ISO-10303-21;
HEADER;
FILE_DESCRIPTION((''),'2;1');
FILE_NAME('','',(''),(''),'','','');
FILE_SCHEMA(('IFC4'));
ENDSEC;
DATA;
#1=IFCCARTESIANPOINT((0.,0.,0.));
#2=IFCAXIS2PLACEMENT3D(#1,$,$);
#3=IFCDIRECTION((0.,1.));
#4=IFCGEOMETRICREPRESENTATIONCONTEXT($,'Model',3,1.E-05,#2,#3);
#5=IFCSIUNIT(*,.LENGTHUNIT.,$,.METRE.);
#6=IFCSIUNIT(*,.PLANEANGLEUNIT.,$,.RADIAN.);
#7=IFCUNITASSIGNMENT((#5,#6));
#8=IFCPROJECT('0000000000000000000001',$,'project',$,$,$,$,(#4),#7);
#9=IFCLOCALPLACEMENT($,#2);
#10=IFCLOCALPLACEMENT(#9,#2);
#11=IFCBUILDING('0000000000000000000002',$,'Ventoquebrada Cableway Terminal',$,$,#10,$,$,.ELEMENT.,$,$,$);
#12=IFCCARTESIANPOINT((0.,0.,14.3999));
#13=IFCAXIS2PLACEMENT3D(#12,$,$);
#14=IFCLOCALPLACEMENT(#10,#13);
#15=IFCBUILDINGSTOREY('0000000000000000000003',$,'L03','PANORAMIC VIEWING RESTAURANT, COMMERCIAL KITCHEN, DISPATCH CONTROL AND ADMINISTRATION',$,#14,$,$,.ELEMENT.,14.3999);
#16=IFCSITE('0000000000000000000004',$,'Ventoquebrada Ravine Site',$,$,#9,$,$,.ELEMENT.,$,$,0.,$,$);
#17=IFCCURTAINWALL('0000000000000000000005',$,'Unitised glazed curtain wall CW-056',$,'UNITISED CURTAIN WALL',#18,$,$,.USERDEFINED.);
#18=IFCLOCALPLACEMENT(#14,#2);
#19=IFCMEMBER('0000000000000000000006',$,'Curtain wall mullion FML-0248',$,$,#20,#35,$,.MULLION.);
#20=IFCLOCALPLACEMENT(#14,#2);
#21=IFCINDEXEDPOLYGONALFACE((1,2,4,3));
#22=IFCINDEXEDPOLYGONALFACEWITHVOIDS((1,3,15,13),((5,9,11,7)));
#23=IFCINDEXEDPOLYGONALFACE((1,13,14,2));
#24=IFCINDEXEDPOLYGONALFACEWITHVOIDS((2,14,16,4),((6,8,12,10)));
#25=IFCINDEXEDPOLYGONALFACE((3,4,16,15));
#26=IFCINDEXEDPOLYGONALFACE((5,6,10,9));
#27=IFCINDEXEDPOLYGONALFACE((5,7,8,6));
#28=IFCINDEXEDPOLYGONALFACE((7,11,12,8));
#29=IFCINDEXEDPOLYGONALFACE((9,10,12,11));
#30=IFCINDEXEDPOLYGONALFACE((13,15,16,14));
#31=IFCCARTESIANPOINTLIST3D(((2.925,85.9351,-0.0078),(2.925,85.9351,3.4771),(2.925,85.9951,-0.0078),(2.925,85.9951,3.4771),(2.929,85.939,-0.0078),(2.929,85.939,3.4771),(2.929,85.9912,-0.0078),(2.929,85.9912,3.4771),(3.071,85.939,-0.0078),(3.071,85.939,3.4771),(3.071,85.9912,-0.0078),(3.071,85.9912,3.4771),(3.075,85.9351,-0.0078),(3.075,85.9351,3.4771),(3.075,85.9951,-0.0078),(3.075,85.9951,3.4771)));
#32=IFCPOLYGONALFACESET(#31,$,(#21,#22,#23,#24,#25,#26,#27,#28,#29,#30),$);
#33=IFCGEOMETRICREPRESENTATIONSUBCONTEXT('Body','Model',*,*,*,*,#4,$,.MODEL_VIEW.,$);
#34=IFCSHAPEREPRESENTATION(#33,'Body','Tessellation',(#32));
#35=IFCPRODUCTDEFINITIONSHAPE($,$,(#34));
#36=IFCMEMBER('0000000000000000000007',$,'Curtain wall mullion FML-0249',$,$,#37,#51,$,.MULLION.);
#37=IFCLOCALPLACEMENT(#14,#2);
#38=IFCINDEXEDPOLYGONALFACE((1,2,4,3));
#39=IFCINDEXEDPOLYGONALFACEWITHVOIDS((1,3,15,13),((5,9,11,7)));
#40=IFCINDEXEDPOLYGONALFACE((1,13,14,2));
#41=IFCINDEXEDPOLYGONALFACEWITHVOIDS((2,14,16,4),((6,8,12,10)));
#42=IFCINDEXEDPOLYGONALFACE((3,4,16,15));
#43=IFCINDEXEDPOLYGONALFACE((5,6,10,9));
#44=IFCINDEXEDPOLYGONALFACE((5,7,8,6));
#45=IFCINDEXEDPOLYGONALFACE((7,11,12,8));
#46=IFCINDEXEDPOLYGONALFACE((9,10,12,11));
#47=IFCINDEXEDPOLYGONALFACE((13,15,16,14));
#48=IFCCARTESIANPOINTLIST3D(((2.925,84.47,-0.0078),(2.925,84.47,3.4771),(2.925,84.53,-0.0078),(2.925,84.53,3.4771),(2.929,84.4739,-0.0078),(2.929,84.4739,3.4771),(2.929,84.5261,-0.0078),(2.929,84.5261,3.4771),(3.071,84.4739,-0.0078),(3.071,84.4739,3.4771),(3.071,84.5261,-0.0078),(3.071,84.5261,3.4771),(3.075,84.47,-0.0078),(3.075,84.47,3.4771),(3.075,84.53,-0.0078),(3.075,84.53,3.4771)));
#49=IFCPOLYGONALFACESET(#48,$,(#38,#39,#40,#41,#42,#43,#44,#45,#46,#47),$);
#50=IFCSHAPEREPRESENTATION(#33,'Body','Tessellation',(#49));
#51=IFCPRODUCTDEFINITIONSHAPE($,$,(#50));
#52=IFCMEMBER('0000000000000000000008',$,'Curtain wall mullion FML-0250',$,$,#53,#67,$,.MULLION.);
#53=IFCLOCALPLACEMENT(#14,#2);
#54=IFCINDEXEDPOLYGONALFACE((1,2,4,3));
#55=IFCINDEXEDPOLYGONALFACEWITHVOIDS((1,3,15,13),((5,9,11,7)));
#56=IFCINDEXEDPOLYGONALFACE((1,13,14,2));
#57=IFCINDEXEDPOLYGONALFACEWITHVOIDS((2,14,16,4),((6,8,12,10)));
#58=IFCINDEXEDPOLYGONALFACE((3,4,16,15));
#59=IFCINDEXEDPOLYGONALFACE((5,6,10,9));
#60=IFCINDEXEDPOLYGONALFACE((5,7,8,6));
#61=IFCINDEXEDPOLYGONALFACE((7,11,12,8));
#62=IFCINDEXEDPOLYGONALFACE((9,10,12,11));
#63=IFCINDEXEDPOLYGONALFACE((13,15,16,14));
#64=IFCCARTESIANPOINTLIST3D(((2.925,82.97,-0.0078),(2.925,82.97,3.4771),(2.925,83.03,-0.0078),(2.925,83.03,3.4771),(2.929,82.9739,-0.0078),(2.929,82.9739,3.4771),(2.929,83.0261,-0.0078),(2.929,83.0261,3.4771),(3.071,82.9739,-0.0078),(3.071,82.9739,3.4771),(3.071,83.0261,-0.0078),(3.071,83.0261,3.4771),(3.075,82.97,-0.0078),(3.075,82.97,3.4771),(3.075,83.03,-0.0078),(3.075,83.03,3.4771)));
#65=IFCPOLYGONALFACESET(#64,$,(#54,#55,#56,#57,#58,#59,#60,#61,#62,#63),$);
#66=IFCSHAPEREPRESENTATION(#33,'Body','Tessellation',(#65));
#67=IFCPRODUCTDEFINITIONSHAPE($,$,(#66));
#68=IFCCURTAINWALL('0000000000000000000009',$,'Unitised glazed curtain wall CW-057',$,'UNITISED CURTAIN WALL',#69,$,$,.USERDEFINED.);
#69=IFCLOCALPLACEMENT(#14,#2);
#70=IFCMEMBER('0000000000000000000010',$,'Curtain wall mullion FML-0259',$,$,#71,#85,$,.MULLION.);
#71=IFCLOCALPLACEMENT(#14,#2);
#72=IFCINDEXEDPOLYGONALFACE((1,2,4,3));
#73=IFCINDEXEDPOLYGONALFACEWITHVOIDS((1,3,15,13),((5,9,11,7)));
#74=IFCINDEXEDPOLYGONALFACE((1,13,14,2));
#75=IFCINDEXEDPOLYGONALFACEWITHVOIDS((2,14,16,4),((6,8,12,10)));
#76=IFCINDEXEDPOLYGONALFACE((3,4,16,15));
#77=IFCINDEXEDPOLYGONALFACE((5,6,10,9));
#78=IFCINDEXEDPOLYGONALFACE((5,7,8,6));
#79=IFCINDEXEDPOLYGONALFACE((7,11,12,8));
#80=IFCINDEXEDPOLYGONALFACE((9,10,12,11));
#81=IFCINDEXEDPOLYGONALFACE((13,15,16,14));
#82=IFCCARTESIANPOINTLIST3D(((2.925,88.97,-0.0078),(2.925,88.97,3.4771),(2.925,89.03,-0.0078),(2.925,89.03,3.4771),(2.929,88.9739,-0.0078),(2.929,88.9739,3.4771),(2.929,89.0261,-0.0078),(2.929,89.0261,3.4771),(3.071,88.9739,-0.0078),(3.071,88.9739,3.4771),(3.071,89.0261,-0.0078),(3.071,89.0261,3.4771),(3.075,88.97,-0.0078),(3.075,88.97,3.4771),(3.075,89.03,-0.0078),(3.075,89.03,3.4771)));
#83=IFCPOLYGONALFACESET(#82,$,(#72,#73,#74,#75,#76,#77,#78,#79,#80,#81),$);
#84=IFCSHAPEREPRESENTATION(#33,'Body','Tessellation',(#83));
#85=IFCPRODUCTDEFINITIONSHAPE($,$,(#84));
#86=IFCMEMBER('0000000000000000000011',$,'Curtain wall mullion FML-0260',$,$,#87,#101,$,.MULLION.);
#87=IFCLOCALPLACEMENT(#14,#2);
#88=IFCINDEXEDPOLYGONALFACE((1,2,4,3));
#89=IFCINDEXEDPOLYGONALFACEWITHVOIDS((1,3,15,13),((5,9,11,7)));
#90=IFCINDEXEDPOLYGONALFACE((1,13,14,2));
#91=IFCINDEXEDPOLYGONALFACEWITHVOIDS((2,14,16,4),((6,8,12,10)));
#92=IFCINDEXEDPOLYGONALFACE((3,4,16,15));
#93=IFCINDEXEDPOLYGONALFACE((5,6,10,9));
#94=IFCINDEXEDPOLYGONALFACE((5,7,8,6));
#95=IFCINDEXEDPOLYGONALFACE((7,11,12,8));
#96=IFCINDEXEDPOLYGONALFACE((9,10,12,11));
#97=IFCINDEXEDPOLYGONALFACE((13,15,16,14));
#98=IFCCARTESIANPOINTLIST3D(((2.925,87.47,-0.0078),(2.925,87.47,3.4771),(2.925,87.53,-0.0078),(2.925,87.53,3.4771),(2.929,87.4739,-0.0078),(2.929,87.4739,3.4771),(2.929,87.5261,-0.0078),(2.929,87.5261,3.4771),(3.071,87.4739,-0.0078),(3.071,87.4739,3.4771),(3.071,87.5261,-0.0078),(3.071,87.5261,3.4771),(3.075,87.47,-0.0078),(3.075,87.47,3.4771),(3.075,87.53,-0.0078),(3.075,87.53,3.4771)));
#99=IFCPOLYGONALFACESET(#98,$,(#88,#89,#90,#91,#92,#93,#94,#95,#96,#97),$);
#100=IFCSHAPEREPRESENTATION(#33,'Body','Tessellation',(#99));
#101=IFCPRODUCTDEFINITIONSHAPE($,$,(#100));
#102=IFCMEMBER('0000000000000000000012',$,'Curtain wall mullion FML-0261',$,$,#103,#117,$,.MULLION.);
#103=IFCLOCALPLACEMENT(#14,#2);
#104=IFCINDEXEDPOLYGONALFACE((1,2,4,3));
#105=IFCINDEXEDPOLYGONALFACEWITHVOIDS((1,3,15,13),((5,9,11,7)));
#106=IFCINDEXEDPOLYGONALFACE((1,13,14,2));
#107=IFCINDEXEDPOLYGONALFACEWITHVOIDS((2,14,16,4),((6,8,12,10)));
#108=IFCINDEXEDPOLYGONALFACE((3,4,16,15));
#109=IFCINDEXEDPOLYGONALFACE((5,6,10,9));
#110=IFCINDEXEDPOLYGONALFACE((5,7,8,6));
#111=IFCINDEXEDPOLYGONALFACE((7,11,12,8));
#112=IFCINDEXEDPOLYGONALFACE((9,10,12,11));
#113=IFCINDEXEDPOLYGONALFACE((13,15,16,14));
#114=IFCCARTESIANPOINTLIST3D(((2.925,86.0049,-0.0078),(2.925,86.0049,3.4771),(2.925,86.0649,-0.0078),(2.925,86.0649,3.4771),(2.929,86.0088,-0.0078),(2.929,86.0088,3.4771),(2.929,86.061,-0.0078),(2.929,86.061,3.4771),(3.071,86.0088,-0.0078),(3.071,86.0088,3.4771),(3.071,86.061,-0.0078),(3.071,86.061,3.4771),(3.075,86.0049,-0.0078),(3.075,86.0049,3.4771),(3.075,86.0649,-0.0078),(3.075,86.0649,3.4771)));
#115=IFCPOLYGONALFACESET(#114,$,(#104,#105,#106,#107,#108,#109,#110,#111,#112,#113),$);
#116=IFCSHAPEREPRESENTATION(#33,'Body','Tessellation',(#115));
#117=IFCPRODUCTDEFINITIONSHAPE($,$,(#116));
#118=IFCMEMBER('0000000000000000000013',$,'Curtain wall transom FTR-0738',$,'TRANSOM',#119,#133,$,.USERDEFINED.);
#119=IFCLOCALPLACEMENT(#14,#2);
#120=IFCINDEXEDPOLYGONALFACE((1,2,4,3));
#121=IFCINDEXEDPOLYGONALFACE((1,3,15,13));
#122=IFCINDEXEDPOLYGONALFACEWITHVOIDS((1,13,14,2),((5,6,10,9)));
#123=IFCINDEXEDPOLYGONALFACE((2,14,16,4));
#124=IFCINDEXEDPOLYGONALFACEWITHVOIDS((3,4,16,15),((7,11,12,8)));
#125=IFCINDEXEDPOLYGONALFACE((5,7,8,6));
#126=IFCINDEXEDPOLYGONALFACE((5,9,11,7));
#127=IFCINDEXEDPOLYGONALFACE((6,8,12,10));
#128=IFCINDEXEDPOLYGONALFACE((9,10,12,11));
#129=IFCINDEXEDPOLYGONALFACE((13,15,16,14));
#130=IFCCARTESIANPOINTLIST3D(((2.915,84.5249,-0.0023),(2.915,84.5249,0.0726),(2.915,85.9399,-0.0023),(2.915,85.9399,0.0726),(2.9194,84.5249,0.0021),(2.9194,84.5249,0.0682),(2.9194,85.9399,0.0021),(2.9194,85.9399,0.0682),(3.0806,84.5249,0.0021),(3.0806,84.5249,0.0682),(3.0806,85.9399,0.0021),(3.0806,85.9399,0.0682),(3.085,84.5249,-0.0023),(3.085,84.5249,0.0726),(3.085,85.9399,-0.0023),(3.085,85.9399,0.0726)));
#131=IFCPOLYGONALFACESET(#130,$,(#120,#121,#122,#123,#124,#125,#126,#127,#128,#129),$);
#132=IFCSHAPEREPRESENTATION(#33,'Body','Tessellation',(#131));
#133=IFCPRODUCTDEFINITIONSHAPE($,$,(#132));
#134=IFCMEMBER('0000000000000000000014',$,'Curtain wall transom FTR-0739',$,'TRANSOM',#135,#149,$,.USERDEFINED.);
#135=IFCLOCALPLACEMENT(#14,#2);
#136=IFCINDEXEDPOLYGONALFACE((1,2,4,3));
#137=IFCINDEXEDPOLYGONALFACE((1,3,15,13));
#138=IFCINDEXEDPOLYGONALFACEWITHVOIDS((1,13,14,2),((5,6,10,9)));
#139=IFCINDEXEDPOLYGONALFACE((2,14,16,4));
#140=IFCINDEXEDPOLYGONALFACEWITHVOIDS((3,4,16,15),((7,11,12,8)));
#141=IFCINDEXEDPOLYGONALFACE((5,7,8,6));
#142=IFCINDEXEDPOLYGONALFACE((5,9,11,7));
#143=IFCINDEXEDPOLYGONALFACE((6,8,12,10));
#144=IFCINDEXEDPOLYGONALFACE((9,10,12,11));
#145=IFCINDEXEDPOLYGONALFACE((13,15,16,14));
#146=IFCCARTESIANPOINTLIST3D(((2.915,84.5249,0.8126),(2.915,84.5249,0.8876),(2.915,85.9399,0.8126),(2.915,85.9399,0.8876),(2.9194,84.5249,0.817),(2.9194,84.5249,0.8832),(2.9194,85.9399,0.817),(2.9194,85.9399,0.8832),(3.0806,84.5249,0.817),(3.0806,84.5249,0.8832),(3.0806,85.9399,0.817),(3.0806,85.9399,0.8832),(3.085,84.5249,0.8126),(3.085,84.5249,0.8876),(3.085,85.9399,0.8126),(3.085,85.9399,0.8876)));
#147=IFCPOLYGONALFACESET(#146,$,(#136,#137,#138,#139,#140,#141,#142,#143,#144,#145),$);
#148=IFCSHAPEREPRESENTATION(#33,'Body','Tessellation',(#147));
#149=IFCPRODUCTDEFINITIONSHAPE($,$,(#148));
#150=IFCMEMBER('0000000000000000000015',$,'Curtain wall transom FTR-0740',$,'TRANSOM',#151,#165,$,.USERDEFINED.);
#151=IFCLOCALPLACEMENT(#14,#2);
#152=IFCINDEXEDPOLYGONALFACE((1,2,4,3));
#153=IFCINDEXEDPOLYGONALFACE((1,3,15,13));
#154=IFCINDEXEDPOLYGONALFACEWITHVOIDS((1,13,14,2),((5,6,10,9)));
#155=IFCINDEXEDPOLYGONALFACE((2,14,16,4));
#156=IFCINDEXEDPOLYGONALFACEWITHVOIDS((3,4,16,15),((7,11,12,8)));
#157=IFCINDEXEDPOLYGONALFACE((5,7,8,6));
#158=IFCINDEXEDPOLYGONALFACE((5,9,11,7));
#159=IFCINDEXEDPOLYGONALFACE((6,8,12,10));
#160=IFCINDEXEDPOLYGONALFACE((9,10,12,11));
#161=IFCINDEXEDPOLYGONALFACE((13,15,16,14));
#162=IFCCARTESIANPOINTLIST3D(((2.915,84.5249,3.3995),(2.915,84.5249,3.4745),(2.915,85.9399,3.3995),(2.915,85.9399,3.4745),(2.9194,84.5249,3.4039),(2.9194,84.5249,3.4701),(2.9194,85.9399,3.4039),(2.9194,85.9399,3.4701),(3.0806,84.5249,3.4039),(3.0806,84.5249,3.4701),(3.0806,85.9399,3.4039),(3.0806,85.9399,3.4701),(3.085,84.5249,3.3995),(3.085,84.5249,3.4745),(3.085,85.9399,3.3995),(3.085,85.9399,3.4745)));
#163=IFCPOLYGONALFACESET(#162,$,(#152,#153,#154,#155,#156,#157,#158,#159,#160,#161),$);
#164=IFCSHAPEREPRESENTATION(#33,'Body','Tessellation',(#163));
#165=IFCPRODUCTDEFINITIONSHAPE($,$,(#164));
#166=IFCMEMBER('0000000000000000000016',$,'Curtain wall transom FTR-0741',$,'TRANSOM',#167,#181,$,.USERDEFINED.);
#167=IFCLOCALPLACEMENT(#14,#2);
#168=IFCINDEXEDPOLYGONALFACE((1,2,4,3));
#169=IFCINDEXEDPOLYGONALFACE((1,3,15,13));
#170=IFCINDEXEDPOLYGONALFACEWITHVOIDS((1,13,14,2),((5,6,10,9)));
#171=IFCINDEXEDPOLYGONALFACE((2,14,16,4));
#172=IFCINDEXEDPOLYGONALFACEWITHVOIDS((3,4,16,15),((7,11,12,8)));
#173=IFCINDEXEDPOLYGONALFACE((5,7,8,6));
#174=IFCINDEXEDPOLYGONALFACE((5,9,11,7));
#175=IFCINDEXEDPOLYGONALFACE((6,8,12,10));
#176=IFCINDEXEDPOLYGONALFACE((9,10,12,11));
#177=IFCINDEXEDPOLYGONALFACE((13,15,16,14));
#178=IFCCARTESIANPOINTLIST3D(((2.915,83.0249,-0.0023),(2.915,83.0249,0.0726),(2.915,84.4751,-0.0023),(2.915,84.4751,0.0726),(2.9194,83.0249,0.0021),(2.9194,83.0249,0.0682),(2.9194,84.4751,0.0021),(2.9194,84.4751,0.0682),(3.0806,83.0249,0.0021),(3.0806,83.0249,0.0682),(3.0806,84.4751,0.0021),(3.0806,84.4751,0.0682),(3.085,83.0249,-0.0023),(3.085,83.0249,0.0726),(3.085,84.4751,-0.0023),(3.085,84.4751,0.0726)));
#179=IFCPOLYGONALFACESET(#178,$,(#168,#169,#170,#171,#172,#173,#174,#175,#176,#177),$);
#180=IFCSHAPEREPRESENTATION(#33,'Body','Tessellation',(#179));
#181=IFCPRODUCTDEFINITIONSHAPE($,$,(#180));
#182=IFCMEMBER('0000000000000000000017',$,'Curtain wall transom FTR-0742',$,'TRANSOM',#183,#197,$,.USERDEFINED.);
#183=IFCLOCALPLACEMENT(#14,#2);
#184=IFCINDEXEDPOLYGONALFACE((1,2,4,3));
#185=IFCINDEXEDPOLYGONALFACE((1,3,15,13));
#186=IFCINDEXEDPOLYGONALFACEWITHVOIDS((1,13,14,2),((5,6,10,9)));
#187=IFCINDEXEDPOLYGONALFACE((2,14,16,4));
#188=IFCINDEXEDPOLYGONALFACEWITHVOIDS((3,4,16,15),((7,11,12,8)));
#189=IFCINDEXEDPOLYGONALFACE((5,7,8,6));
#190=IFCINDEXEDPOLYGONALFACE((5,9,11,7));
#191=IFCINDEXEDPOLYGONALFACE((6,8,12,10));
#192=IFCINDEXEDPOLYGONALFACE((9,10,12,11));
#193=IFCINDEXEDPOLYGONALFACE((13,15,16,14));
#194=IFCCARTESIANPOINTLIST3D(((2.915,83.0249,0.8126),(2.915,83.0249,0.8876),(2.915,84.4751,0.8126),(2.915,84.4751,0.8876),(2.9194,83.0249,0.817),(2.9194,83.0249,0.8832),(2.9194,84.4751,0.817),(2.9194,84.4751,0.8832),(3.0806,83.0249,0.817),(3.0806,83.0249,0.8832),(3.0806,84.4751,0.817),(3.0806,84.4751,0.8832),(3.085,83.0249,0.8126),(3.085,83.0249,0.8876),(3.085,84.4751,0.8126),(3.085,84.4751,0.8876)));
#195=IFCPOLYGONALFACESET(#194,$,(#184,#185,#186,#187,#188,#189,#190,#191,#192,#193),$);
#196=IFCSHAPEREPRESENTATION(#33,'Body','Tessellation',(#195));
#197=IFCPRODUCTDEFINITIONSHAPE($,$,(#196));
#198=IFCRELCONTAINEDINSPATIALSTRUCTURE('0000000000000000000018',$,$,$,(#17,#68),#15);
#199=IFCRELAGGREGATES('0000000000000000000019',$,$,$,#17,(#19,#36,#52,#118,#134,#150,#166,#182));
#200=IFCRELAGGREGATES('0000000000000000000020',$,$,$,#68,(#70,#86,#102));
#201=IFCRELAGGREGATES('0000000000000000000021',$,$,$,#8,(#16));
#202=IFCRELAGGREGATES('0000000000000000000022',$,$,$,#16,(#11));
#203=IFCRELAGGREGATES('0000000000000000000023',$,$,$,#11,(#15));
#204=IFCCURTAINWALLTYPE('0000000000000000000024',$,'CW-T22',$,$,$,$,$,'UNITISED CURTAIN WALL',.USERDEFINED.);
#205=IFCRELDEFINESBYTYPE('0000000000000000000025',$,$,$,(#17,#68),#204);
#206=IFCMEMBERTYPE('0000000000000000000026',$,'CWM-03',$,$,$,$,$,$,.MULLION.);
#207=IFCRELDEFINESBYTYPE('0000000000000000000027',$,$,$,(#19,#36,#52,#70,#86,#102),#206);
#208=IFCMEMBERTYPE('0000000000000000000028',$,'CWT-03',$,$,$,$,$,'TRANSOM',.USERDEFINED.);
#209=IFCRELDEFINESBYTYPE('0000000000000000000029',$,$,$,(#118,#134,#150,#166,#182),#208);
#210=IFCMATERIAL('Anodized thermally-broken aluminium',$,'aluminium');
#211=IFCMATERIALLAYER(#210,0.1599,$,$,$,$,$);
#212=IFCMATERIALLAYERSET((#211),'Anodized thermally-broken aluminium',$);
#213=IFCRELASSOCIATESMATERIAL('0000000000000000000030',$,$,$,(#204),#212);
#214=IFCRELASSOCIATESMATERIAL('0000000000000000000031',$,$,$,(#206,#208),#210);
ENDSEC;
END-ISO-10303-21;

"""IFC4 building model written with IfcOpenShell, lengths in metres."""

from ifc_helpers import new_model, si_unit, direction, frame, origin, origin_2d, place, context, subcontext, project, spatial, hollow_rectangle, extrude, material, layer, layer_set, material_profile, profile_set, type_object, element, aggregate, save


model = new_model("IFC4")

# Units and contexts
model_context = context("Model", 3, precision=1e-05, world=origin(), true_north=direction((0.0, 1.0)))
body_context = subcontext(model_context, "Body", "Model", "MODEL_VIEW")
ifc_project = project(units=[si_unit("LENGTHUNIT", "METRE"), si_unit("PLANEANGLEUNIT", "RADIAN")], contexts=[model_context])

# Site, building, storey
site_placement = place(None, origin())
site = spatial("IfcSite", under=ifc_project, at=site_placement, Name="Ventoquebrada Ravine Site", CompositionType="ELEMENT", RefElevation=0.0)
building_placement = place(site_placement, origin())
building = spatial("IfcBuilding", under=site, at=building_placement, Name="Ventoquebrada Cableway Terminal", CompositionType="ELEMENT")
storey_placement = place(building_placement, frame((0.0, 0.0, 14.3999)))
storey = spatial("IfcBuildingStorey", under=building, at=storey_placement, Name="L03", Description="PANORAMIC VIEWING RESTAURANT, COMMERCIAL KITCHEN, DISPATCH CONTROL AND ADMINISTRATION", CompositionType="ELEMENT", Elevation=14.3999)

# Curtain walls, members
ifc_material_1 = material(Name="Anodized thermally-broken aluminium", Category="aluminium")
ifc_layer_1 = layer(ifc_material_1, 0.1599)
ifc_layer_set_1 = layer_set([ifc_layer_1], Name="Anodized thermally-broken aluminium")
curtain_wall_type = type_object("IfcCurtainWallType", Name="CW-T22", ElementType="UNITISED CURTAIN WALL", PredefinedType="USERDEFINED", material=ifc_layer_set_1)
curtain_wall_1_placement = place(storey_placement, origin())
curtain_wall_1 = element("IfcCurtainWall", 1, at=curtain_wall_1_placement, inside=storey, type_object=curtain_wall_type, Name="Unitised glazed curtain wall CW-056", ObjectType="UNITISED CURTAIN WALL", PredefinedType="USERDEFINED")
ifc_material_profile_1 = material_profile(ifc_material_1, hollow_rectangle(XDim=0.0601, YDim=0.1499, WallThickness=0.0039, at=origin_2d()), Name="CW-MUL-60X150")
ifc_profile_set_1 = profile_set([ifc_material_profile_1], Name="Anodized thermally-broken aluminium")
member_type_1 = type_object("IfcMemberType", Name="CWM-03", PredefinedType="MULLION", material=ifc_profile_set_1)
member_1_placement = place(storey_placement, frame((3.0, 85.9651, -0.0078), z_axis=(0.0, 0.0, 1.0), x_axis=(0.0, -1.0, 0.0)))
member_1 = element("IfcMember", 2, at=member_1_placement, type_object=member_type_1, Name="Curtain wall mullion FML-0248", PredefinedType="MULLION", context=body_context, shape_type="SweptSolid", body=[
    extrude(hollow_rectangle(XDim=0.0601, YDim=0.1499, WallThickness=0.0039, at=origin_2d()), origin(), (0.0, 0.0, 1.0), 3.4849),
])
member_2_placement = place(storey_placement, frame((3.0, 84.5, -0.0078), z_axis=(0.0, 0.0, 1.0), x_axis=(0.0, -1.0, 0.0)))
member_2 = element("IfcMember", 3, at=member_2_placement, type_object=member_type_1, Name="Curtain wall mullion FML-0249", PredefinedType="MULLION", context=body_context, shape_type="SweptSolid", body=[
    extrude(hollow_rectangle(XDim=0.0601, YDim=0.1499, WallThickness=0.0039, at=origin_2d()), origin(), (0.0, 0.0, 1.0), 3.4849),
])
member_3_placement = place(storey_placement, frame((3.0, 83.0, -0.0078), z_axis=(0.0, 0.0, 1.0), x_axis=(0.0, -1.0, 0.0)))
member_3 = element("IfcMember", 4, at=member_3_placement, type_object=member_type_1, Name="Curtain wall mullion FML-0250", PredefinedType="MULLION", context=body_context, shape_type="SweptSolid", body=[
    extrude(hollow_rectangle(XDim=0.0601, YDim=0.1499, WallThickness=0.0039, at=origin_2d()), origin(), (0.0, 0.0, 1.0), 3.4849),
])
curtain_wall_2_placement = place(storey_placement, origin())
curtain_wall_2 = element("IfcCurtainWall", 5, at=curtain_wall_2_placement, inside=storey, type_object=curtain_wall_type, Name="Unitised glazed curtain wall CW-057", ObjectType="UNITISED CURTAIN WALL", PredefinedType="USERDEFINED")
member_4_placement = place(storey_placement, frame((3.0, 89.0, -0.0078), z_axis=(0.0, 0.0, 1.0), x_axis=(0.0, -1.0, 0.0)))
member_4 = element("IfcMember", 6, at=member_4_placement, type_object=member_type_1, Name="Curtain wall mullion FML-0259", PredefinedType="MULLION", context=body_context, shape_type="SweptSolid", body=[
    extrude(hollow_rectangle(XDim=0.0601, YDim=0.1499, WallThickness=0.0039, at=origin_2d()), origin(), (0.0, 0.0, 1.0), 3.4849),
])
member_5_placement = place(storey_placement, frame((3.0, 87.5, -0.0078), z_axis=(0.0, 0.0, 1.0), x_axis=(0.0, -1.0, 0.0)))
member_5 = element("IfcMember", 7, at=member_5_placement, type_object=member_type_1, Name="Curtain wall mullion FML-0260", PredefinedType="MULLION", context=body_context, shape_type="SweptSolid", body=[
    extrude(hollow_rectangle(XDim=0.0601, YDim=0.1499, WallThickness=0.0039, at=origin_2d()), origin(), (0.0, 0.0, 1.0), 3.4849),
])
member_6_placement = place(storey_placement, frame((3.0, 86.0349, -0.0078), z_axis=(0.0, 0.0, 1.0), x_axis=(0.0, -1.0, 0.0)))
member_6 = element("IfcMember", 8, at=member_6_placement, type_object=member_type_1, Name="Curtain wall mullion FML-0261", PredefinedType="MULLION", context=body_context, shape_type="SweptSolid", body=[
    extrude(hollow_rectangle(XDim=0.0601, YDim=0.1499, WallThickness=0.0039, at=origin_2d()), origin(), (0.0, 0.0, 1.0), 3.4849),
])

# Members
ifc_material_profile_2 = material_profile(ifc_material_1, hollow_rectangle(XDim=0.075, YDim=0.1699, WallThickness=0.0044, at=origin_2d()), Name="CW-TRN-75X170")
ifc_profile_set_2 = profile_set([ifc_material_profile_2], Name="Anodized thermally-broken aluminium")
member_type_2 = type_object("IfcMemberType", Name="CWT-03", ElementType="TRANSOM", PredefinedType="USERDEFINED", material=ifc_profile_set_2)
member_7_placement = place(storey_placement, frame((3.0, 85.9399, 0.0352), z_axis=(0.0, -1.0, 0.0), x_axis=(0.0, 0.0, 1.0)))
member_7 = element("IfcMember", 9, at=member_7_placement, type_object=member_type_2, Name="Curtain wall transom FTR-0738", ObjectType="TRANSOM", PredefinedType="USERDEFINED", context=body_context, shape_type="SweptSolid", body=[
    extrude(hollow_rectangle(XDim=0.075, YDim=0.1699, WallThickness=0.0044, at=origin_2d()), origin(), (0.0, 0.0, 1.0), 1.415),
])
member_8_placement = place(storey_placement, frame((3.0, 85.9399, 0.8501), z_axis=(0.0, -1.0, 0.0), x_axis=(0.0, 0.0, 1.0)))
member_8 = element("IfcMember", 10, at=member_8_placement, type_object=member_type_2, Name="Curtain wall transom FTR-0739", ObjectType="TRANSOM", PredefinedType="USERDEFINED", context=body_context, shape_type="SweptSolid", body=[
    extrude(hollow_rectangle(XDim=0.075, YDim=0.1699, WallThickness=0.0044, at=origin_2d()), origin(), (0.0, 0.0, 1.0), 1.415),
])
member_9_placement = place(storey_placement, frame((3.0, 85.9399, 3.437), z_axis=(0.0, -1.0, 0.0), x_axis=(0.0, 0.0, 1.0)))
member_9 = element("IfcMember", 11, at=member_9_placement, type_object=member_type_2, Name="Curtain wall transom FTR-0740", ObjectType="TRANSOM", PredefinedType="USERDEFINED", context=body_context, shape_type="SweptSolid", body=[
    extrude(hollow_rectangle(XDim=0.075, YDim=0.1699, WallThickness=0.0044, at=origin_2d()), origin(), (0.0, 0.0, 1.0), 1.415),
])
member_10_placement = place(storey_placement, frame((3.0, 84.4751, 0.0352), z_axis=(0.0, -1.0, 0.0), x_axis=(0.0, 0.0, 1.0)))
member_10 = element("IfcMember", 12, at=member_10_placement, type_object=member_type_2, Name="Curtain wall transom FTR-0741", ObjectType="TRANSOM", PredefinedType="USERDEFINED", context=body_context, shape_type="SweptSolid", body=[
    extrude(hollow_rectangle(XDim=0.075, YDim=0.1699, WallThickness=0.0044, at=origin_2d()), origin(), (0.0, 0.0, 1.0), 1.4502),
])
member_11_placement = place(storey_placement, frame((3.0, 84.4751, 0.8501), z_axis=(0.0, -1.0, 0.0), x_axis=(0.0, 0.0, 1.0)))
member_11 = element("IfcMember", 13, at=member_11_placement, type_object=member_type_2, Name="Curtain wall transom FTR-0742", ObjectType="TRANSOM", PredefinedType="USERDEFINED", context=body_context, shape_type="SweptSolid", body=[
    extrude(hollow_rectangle(XDim=0.075, YDim=0.1699, WallThickness=0.0044, at=origin_2d()), origin(), (0.0, 0.0, 1.0), 1.4502),
])

aggregate(curtain_wall_1, [member_1, member_2, member_3, member_7, member_8, member_9, member_10, member_11])
aggregate(curtain_wall_2, [member_4, member_5, member_6])

save(model, "model.ifc")
